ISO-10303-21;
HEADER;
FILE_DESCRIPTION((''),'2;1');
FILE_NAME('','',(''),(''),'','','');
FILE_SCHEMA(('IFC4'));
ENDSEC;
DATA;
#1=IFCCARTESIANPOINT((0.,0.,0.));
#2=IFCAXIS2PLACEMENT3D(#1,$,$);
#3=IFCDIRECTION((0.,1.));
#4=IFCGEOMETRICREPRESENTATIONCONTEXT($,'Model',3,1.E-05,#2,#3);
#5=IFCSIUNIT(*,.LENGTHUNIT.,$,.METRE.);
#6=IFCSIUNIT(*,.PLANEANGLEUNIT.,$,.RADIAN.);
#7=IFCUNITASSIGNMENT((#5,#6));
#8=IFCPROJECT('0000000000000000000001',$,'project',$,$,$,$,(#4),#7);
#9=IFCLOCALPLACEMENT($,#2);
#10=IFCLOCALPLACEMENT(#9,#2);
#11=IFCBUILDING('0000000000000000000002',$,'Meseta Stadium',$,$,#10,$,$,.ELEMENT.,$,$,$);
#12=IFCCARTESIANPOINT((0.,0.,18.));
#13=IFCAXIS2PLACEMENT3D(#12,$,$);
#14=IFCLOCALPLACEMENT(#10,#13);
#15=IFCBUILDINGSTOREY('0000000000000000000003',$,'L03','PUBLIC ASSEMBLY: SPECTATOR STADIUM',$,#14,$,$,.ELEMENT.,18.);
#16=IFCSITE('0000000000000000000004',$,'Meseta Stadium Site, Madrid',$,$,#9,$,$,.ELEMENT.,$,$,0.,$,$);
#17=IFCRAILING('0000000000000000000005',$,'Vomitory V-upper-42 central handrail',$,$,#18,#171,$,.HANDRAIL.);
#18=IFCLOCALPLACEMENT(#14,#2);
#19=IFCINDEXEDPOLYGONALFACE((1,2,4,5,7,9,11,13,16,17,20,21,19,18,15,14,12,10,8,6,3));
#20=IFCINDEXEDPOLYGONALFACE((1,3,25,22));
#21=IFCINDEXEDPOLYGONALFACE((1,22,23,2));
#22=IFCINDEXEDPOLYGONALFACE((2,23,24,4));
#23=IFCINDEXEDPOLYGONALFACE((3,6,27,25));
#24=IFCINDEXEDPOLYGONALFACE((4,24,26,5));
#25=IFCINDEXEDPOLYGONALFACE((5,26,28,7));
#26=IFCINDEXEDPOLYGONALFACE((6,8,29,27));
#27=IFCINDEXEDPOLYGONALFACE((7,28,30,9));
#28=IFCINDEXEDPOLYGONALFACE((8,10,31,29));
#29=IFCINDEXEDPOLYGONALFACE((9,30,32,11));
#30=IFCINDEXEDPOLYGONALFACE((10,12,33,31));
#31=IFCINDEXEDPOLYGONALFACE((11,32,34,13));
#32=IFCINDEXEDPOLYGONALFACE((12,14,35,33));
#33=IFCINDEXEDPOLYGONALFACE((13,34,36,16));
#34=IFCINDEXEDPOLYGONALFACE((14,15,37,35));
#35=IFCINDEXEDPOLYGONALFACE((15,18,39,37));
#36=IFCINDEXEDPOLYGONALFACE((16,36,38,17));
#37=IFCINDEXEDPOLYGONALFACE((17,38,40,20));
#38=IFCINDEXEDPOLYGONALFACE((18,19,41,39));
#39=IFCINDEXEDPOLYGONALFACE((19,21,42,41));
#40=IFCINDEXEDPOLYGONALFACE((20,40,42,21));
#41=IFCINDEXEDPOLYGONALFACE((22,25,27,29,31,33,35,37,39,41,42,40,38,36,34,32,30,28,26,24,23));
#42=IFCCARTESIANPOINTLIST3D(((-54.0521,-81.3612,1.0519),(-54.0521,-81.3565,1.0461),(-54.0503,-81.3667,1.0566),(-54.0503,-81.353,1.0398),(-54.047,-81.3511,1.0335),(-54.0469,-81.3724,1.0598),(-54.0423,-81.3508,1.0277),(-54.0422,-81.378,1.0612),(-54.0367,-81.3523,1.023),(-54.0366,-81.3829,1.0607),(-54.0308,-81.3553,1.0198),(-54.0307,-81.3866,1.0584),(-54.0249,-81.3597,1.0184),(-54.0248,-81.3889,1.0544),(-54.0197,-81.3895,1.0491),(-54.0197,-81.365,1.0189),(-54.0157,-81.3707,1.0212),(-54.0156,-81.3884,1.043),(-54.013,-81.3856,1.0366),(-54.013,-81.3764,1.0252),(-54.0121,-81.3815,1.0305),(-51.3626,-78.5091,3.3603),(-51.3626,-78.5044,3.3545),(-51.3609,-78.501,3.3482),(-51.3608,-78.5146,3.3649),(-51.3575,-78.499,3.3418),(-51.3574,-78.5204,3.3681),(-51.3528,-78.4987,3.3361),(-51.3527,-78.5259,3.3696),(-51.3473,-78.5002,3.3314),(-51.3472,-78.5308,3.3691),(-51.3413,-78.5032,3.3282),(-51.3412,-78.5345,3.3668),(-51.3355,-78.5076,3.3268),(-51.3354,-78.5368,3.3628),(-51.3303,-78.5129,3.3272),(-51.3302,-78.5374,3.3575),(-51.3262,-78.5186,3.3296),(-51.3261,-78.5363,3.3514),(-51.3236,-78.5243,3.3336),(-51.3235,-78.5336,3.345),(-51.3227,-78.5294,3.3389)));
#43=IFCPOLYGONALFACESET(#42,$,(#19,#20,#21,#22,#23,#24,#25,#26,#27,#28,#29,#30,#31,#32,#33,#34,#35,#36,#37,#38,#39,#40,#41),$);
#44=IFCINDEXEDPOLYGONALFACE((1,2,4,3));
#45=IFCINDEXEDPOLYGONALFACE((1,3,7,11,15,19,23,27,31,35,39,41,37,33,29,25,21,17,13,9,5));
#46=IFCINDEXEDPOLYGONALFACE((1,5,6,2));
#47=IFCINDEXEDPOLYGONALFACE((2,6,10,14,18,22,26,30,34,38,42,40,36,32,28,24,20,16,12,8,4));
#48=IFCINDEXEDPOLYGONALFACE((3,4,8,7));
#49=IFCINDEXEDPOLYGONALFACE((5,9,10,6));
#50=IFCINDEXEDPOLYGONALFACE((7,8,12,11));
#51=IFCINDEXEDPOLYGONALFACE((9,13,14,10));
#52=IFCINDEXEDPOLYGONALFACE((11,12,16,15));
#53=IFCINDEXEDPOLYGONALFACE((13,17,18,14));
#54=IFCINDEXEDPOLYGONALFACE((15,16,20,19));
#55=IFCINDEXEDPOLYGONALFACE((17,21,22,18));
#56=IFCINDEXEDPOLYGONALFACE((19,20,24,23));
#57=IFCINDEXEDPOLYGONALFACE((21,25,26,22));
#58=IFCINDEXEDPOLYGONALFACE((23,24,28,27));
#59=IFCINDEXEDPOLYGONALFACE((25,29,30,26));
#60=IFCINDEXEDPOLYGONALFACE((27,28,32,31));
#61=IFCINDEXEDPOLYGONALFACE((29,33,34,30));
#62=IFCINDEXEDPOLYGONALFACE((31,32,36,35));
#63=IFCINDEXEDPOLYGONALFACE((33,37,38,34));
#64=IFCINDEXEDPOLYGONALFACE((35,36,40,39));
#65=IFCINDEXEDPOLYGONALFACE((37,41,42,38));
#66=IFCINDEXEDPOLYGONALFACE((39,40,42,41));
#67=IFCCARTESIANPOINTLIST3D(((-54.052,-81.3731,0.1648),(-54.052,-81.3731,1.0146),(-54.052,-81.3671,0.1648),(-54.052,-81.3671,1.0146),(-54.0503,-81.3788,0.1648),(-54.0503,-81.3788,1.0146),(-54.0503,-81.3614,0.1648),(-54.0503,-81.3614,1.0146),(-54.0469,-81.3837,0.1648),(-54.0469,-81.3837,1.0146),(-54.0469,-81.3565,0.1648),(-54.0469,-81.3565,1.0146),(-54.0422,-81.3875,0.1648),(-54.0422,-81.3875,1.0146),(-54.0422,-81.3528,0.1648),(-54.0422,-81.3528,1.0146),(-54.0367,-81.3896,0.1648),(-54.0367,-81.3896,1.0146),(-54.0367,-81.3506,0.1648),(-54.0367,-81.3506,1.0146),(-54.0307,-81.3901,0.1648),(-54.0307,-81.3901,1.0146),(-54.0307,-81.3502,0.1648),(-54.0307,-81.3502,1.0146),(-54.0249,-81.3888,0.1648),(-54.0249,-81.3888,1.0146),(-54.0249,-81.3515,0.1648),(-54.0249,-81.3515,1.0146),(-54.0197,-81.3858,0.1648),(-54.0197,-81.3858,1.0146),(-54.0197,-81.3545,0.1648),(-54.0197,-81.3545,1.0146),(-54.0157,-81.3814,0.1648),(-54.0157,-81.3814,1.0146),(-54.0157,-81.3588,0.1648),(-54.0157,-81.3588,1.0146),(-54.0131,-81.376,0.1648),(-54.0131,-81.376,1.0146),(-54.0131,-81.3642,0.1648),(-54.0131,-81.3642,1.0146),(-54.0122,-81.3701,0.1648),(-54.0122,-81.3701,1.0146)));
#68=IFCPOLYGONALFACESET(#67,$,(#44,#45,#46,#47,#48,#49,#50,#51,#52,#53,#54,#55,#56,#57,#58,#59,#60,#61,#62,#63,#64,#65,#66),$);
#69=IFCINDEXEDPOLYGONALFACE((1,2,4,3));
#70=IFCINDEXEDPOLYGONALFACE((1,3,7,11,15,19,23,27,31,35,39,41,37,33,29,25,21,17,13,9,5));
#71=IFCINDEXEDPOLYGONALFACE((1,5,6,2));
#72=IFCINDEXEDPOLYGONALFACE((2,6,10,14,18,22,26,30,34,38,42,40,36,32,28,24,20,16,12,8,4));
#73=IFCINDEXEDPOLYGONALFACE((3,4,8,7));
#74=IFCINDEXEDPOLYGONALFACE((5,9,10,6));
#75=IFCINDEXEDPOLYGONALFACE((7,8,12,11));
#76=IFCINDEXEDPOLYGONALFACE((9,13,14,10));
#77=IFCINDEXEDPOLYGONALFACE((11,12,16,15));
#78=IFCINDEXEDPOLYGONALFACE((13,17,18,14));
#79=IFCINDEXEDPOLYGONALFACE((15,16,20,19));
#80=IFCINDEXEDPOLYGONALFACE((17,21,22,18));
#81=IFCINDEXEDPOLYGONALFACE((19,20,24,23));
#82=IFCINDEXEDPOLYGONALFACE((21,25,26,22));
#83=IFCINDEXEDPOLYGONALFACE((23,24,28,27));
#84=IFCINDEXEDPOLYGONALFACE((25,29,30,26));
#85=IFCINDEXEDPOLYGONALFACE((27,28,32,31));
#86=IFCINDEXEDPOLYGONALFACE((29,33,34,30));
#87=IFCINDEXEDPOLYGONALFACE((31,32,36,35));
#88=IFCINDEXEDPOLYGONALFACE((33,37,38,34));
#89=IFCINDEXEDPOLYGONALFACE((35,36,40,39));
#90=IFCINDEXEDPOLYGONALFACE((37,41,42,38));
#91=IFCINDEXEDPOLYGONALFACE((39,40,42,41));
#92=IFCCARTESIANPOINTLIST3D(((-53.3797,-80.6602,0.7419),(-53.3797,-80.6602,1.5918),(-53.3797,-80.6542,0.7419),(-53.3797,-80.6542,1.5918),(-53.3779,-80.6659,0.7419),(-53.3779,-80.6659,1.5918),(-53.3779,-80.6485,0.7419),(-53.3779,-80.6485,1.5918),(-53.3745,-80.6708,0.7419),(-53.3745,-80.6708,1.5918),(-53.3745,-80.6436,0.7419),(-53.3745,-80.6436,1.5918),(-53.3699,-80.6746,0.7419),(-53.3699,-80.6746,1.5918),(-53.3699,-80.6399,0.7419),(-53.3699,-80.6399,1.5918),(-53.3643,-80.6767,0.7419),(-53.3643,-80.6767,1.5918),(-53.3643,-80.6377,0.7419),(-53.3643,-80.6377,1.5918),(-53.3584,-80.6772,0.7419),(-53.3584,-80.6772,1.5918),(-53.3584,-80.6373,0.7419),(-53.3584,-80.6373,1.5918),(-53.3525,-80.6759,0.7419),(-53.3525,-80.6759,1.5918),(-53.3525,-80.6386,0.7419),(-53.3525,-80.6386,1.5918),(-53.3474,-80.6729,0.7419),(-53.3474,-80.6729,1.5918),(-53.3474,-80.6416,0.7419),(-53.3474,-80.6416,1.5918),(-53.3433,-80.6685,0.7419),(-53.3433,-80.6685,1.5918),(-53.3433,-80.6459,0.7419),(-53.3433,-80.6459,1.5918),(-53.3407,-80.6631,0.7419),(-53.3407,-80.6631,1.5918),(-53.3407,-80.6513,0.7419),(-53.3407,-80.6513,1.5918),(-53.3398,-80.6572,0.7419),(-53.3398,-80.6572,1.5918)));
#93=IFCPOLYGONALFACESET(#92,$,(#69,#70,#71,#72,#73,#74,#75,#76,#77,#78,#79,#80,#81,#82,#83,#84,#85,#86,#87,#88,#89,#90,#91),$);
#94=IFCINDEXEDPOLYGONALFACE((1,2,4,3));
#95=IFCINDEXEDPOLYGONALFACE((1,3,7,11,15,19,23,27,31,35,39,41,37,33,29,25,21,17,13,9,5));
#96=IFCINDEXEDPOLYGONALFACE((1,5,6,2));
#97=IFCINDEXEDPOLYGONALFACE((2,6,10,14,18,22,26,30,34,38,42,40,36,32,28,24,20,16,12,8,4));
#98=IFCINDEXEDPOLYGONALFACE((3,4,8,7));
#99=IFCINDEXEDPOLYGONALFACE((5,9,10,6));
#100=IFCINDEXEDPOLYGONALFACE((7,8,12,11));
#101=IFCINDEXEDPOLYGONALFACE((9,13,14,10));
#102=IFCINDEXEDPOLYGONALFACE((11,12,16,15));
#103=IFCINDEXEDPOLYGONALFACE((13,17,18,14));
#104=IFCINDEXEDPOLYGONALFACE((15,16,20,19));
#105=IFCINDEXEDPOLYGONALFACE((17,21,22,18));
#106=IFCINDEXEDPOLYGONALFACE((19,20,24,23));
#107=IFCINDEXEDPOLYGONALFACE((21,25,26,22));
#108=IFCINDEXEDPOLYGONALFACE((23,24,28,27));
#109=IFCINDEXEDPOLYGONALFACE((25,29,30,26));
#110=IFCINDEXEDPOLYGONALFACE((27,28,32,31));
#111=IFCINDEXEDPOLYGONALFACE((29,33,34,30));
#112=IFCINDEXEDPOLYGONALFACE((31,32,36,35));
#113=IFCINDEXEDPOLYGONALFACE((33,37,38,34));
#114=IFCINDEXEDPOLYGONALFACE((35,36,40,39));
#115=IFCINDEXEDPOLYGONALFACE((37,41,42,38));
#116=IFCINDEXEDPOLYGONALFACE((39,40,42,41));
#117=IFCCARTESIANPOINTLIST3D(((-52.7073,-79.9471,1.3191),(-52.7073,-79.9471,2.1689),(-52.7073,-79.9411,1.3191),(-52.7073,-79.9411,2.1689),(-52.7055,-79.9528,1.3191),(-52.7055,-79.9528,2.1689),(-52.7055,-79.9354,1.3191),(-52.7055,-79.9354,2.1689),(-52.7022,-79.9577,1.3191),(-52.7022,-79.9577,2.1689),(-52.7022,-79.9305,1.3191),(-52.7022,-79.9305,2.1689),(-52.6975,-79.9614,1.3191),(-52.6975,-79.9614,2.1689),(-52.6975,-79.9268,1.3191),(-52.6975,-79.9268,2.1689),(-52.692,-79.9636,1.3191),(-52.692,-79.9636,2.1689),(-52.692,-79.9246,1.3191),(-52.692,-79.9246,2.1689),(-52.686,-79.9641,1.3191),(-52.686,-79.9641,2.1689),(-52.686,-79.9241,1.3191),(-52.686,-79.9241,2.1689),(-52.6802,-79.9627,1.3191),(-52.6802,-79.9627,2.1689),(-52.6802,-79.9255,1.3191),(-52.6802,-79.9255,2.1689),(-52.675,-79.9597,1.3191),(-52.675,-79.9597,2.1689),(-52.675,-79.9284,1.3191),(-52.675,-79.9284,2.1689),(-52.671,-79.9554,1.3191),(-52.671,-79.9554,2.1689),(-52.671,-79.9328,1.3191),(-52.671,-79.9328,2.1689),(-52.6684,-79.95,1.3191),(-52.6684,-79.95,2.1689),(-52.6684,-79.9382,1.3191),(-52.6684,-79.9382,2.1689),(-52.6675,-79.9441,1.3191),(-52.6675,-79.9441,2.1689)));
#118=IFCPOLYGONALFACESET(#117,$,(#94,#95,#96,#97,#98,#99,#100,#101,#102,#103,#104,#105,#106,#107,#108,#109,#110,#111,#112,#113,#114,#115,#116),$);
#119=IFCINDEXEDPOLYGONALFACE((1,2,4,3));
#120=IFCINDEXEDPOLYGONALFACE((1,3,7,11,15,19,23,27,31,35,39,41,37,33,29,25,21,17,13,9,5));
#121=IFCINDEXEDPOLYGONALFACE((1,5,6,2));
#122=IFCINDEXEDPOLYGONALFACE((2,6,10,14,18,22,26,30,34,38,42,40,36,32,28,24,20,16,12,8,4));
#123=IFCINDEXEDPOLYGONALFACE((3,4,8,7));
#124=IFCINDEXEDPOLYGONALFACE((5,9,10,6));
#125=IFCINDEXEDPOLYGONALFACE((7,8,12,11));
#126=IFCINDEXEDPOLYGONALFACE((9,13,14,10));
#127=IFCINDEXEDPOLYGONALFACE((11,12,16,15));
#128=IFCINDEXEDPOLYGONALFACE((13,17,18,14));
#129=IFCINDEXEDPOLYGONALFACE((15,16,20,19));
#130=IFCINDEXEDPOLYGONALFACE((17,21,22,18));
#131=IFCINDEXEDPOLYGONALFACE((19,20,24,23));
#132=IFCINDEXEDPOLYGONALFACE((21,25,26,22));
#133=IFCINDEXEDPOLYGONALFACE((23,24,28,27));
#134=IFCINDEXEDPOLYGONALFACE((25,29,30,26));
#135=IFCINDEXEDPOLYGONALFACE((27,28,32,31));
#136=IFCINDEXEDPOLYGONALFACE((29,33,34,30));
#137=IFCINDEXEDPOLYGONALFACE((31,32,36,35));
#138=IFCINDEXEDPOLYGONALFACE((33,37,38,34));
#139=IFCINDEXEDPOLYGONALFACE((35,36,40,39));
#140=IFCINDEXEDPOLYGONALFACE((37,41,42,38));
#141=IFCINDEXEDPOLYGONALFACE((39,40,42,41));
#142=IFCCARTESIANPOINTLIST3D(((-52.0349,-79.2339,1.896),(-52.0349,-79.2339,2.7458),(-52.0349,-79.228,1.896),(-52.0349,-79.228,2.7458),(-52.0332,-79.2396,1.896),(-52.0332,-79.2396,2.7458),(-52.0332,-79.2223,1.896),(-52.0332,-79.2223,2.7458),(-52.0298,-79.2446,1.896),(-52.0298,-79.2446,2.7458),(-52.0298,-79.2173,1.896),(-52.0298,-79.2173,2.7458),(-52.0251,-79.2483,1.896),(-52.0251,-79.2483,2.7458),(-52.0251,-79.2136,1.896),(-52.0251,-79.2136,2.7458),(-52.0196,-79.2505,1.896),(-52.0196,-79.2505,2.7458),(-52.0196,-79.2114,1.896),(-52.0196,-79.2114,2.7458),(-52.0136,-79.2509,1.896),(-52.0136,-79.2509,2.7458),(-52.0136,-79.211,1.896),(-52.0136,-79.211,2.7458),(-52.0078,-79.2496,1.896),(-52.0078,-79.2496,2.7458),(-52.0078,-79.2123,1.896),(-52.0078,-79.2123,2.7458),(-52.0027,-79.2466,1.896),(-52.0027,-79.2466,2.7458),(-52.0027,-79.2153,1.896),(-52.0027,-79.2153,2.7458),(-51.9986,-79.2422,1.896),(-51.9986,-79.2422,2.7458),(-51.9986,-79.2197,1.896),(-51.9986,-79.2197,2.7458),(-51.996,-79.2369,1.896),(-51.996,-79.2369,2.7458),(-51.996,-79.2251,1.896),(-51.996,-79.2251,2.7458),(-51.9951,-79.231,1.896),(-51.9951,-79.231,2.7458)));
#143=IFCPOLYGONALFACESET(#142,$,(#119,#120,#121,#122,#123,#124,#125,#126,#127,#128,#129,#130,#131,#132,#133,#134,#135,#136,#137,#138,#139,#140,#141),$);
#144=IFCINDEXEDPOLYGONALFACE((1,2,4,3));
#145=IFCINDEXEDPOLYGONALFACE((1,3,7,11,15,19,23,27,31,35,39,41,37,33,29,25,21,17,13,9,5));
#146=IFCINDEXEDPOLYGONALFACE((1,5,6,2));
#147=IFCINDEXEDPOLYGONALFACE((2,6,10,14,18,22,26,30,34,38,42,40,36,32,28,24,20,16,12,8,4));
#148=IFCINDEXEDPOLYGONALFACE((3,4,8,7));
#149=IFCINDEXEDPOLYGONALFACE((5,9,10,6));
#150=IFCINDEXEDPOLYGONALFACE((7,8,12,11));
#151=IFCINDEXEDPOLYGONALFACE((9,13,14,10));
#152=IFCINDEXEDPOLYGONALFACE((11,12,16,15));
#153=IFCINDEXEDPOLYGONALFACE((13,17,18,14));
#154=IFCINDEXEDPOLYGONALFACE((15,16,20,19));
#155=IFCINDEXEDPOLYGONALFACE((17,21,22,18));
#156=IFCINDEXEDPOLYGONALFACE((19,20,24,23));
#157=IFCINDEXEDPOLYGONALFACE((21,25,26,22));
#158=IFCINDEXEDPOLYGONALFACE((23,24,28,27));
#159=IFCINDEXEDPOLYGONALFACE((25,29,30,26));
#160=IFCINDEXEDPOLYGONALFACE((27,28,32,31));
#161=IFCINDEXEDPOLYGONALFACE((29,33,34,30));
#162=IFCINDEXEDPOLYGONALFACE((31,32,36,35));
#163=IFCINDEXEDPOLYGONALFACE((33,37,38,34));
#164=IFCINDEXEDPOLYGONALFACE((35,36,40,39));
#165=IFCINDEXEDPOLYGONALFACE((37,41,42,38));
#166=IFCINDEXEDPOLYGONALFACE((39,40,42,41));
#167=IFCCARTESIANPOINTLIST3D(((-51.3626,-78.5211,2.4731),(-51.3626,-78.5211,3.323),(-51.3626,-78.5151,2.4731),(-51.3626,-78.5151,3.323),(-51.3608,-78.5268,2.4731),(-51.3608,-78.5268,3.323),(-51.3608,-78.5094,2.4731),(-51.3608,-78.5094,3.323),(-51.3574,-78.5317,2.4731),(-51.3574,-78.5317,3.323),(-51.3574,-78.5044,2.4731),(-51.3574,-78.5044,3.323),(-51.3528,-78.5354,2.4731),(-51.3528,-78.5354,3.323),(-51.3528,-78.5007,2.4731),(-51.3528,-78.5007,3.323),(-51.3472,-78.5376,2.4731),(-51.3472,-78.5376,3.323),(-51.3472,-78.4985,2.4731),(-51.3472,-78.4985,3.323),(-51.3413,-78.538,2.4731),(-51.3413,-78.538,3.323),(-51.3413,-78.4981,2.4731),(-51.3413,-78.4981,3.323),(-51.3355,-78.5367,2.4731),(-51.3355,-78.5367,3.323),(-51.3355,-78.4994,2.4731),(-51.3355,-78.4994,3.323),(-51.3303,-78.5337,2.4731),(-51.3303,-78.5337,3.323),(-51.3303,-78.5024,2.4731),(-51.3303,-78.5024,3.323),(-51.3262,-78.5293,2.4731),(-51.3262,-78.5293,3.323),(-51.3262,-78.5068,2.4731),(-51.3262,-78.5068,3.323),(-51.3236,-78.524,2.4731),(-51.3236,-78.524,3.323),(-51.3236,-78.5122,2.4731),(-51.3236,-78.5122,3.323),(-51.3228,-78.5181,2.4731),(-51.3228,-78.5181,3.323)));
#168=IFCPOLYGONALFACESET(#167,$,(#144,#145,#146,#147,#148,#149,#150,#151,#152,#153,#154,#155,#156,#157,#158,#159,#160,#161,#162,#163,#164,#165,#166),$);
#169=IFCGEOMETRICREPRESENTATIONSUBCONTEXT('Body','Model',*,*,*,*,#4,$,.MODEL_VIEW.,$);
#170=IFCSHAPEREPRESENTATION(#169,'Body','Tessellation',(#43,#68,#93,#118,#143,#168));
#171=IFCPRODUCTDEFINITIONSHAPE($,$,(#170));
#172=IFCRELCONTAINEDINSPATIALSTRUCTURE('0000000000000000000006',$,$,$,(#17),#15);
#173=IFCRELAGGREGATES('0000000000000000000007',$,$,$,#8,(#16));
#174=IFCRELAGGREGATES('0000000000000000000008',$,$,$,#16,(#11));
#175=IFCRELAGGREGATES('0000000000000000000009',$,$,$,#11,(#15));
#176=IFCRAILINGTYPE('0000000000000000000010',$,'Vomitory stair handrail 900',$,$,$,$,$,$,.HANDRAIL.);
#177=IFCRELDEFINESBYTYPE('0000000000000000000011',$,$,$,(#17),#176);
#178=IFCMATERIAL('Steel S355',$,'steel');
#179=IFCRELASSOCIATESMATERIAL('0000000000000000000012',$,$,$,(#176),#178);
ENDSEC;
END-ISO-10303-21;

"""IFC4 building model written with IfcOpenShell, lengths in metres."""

from ifc_helpers import new_model, si_unit, direction, frame, origin, origin_2d, place, context, subcontext, project, spatial, circle, extrude, material, type_object, element, save


model = new_model("IFC4")

# Units and contexts
model_context = context("Model", 3, precision=1e-05, world=origin(), true_north=direction((0.0, 1.0)))
body_context = subcontext(model_context, "Body", "Model", "MODEL_VIEW")
ifc_project = project(units=[si_unit("LENGTHUNIT", "METRE"), si_unit("PLANEANGLEUNIT", "RADIAN")], contexts=[model_context])

# Site, building, storey
site_placement = place(None, origin())
site = spatial("IfcSite", under=ifc_project, at=site_placement, Name="Meseta Stadium Site, Madrid", CompositionType="ELEMENT", RefElevation=0.0)
building_placement = place(site_placement, origin())
building = spatial("IfcBuilding", under=site, at=building_placement, Name="Meseta Stadium", CompositionType="ELEMENT")
storey_placement = place(building_placement, frame((0.0, 0.0, 18.0)))
storey = spatial("IfcBuildingStorey", under=building, at=storey_placement, Name="L03", Description="PUBLIC ASSEMBLY: SPECTATOR STADIUM", CompositionType="ELEMENT", Elevation=18.0)

# Railing
ifc_material_1 = material(Name="Steel S355", Category="steel")
railing_type_1 = type_object("IfcRailingType", Name="Vomitory stair handrail 900", PredefinedType="HANDRAIL", material=ifc_material_1)
railing_1_placement = place(storey_placement, frame((-54.0322, -81.3701, 0.1648)))
element("IfcRailing", 1, at=railing_1_placement, inside=storey, type_object=railing_type_1, Name="Vomitory V-upper-42 central handrail", PredefinedType="HANDRAIL", context=body_context, shape_type="SweptSolid", body=[
    extrude(circle(Radius=0.0249, at=origin_2d()), frame((0.0, 0.0, 0.875), z_axis=(0.591184, 0.626925, 0.507411), x_axis=(-0.727541, 0.686064, 0.0)), (0.0, 0.0, 1.0), 4.5493),
    extrude(circle(Radius=0.02, at=origin_2d()), origin(), (0.0, 0.0, 1.0), 0.8499),
    extrude(circle(Radius=0.02, at=origin_2d()), frame((0.6724, 0.7129, 0.5771)), (0.0, 0.0, 1.0), 0.8499),
    extrude(circle(Radius=0.02, at=origin_2d()), frame((1.3447, 1.426, 1.1543)), (0.0, 0.0, 1.0), 0.8499),
    extrude(circle(Radius=0.02, at=origin_2d()), frame((2.0171, 2.1392, 1.7312)), (0.0, 0.0, 1.0), 0.8499),
    extrude(circle(Radius=0.02, at=origin_2d()), frame((2.6895, 2.8521, 2.3083)), (0.0, 0.0, 1.0), 0.8499),
])

save(model, "model.ifc")
